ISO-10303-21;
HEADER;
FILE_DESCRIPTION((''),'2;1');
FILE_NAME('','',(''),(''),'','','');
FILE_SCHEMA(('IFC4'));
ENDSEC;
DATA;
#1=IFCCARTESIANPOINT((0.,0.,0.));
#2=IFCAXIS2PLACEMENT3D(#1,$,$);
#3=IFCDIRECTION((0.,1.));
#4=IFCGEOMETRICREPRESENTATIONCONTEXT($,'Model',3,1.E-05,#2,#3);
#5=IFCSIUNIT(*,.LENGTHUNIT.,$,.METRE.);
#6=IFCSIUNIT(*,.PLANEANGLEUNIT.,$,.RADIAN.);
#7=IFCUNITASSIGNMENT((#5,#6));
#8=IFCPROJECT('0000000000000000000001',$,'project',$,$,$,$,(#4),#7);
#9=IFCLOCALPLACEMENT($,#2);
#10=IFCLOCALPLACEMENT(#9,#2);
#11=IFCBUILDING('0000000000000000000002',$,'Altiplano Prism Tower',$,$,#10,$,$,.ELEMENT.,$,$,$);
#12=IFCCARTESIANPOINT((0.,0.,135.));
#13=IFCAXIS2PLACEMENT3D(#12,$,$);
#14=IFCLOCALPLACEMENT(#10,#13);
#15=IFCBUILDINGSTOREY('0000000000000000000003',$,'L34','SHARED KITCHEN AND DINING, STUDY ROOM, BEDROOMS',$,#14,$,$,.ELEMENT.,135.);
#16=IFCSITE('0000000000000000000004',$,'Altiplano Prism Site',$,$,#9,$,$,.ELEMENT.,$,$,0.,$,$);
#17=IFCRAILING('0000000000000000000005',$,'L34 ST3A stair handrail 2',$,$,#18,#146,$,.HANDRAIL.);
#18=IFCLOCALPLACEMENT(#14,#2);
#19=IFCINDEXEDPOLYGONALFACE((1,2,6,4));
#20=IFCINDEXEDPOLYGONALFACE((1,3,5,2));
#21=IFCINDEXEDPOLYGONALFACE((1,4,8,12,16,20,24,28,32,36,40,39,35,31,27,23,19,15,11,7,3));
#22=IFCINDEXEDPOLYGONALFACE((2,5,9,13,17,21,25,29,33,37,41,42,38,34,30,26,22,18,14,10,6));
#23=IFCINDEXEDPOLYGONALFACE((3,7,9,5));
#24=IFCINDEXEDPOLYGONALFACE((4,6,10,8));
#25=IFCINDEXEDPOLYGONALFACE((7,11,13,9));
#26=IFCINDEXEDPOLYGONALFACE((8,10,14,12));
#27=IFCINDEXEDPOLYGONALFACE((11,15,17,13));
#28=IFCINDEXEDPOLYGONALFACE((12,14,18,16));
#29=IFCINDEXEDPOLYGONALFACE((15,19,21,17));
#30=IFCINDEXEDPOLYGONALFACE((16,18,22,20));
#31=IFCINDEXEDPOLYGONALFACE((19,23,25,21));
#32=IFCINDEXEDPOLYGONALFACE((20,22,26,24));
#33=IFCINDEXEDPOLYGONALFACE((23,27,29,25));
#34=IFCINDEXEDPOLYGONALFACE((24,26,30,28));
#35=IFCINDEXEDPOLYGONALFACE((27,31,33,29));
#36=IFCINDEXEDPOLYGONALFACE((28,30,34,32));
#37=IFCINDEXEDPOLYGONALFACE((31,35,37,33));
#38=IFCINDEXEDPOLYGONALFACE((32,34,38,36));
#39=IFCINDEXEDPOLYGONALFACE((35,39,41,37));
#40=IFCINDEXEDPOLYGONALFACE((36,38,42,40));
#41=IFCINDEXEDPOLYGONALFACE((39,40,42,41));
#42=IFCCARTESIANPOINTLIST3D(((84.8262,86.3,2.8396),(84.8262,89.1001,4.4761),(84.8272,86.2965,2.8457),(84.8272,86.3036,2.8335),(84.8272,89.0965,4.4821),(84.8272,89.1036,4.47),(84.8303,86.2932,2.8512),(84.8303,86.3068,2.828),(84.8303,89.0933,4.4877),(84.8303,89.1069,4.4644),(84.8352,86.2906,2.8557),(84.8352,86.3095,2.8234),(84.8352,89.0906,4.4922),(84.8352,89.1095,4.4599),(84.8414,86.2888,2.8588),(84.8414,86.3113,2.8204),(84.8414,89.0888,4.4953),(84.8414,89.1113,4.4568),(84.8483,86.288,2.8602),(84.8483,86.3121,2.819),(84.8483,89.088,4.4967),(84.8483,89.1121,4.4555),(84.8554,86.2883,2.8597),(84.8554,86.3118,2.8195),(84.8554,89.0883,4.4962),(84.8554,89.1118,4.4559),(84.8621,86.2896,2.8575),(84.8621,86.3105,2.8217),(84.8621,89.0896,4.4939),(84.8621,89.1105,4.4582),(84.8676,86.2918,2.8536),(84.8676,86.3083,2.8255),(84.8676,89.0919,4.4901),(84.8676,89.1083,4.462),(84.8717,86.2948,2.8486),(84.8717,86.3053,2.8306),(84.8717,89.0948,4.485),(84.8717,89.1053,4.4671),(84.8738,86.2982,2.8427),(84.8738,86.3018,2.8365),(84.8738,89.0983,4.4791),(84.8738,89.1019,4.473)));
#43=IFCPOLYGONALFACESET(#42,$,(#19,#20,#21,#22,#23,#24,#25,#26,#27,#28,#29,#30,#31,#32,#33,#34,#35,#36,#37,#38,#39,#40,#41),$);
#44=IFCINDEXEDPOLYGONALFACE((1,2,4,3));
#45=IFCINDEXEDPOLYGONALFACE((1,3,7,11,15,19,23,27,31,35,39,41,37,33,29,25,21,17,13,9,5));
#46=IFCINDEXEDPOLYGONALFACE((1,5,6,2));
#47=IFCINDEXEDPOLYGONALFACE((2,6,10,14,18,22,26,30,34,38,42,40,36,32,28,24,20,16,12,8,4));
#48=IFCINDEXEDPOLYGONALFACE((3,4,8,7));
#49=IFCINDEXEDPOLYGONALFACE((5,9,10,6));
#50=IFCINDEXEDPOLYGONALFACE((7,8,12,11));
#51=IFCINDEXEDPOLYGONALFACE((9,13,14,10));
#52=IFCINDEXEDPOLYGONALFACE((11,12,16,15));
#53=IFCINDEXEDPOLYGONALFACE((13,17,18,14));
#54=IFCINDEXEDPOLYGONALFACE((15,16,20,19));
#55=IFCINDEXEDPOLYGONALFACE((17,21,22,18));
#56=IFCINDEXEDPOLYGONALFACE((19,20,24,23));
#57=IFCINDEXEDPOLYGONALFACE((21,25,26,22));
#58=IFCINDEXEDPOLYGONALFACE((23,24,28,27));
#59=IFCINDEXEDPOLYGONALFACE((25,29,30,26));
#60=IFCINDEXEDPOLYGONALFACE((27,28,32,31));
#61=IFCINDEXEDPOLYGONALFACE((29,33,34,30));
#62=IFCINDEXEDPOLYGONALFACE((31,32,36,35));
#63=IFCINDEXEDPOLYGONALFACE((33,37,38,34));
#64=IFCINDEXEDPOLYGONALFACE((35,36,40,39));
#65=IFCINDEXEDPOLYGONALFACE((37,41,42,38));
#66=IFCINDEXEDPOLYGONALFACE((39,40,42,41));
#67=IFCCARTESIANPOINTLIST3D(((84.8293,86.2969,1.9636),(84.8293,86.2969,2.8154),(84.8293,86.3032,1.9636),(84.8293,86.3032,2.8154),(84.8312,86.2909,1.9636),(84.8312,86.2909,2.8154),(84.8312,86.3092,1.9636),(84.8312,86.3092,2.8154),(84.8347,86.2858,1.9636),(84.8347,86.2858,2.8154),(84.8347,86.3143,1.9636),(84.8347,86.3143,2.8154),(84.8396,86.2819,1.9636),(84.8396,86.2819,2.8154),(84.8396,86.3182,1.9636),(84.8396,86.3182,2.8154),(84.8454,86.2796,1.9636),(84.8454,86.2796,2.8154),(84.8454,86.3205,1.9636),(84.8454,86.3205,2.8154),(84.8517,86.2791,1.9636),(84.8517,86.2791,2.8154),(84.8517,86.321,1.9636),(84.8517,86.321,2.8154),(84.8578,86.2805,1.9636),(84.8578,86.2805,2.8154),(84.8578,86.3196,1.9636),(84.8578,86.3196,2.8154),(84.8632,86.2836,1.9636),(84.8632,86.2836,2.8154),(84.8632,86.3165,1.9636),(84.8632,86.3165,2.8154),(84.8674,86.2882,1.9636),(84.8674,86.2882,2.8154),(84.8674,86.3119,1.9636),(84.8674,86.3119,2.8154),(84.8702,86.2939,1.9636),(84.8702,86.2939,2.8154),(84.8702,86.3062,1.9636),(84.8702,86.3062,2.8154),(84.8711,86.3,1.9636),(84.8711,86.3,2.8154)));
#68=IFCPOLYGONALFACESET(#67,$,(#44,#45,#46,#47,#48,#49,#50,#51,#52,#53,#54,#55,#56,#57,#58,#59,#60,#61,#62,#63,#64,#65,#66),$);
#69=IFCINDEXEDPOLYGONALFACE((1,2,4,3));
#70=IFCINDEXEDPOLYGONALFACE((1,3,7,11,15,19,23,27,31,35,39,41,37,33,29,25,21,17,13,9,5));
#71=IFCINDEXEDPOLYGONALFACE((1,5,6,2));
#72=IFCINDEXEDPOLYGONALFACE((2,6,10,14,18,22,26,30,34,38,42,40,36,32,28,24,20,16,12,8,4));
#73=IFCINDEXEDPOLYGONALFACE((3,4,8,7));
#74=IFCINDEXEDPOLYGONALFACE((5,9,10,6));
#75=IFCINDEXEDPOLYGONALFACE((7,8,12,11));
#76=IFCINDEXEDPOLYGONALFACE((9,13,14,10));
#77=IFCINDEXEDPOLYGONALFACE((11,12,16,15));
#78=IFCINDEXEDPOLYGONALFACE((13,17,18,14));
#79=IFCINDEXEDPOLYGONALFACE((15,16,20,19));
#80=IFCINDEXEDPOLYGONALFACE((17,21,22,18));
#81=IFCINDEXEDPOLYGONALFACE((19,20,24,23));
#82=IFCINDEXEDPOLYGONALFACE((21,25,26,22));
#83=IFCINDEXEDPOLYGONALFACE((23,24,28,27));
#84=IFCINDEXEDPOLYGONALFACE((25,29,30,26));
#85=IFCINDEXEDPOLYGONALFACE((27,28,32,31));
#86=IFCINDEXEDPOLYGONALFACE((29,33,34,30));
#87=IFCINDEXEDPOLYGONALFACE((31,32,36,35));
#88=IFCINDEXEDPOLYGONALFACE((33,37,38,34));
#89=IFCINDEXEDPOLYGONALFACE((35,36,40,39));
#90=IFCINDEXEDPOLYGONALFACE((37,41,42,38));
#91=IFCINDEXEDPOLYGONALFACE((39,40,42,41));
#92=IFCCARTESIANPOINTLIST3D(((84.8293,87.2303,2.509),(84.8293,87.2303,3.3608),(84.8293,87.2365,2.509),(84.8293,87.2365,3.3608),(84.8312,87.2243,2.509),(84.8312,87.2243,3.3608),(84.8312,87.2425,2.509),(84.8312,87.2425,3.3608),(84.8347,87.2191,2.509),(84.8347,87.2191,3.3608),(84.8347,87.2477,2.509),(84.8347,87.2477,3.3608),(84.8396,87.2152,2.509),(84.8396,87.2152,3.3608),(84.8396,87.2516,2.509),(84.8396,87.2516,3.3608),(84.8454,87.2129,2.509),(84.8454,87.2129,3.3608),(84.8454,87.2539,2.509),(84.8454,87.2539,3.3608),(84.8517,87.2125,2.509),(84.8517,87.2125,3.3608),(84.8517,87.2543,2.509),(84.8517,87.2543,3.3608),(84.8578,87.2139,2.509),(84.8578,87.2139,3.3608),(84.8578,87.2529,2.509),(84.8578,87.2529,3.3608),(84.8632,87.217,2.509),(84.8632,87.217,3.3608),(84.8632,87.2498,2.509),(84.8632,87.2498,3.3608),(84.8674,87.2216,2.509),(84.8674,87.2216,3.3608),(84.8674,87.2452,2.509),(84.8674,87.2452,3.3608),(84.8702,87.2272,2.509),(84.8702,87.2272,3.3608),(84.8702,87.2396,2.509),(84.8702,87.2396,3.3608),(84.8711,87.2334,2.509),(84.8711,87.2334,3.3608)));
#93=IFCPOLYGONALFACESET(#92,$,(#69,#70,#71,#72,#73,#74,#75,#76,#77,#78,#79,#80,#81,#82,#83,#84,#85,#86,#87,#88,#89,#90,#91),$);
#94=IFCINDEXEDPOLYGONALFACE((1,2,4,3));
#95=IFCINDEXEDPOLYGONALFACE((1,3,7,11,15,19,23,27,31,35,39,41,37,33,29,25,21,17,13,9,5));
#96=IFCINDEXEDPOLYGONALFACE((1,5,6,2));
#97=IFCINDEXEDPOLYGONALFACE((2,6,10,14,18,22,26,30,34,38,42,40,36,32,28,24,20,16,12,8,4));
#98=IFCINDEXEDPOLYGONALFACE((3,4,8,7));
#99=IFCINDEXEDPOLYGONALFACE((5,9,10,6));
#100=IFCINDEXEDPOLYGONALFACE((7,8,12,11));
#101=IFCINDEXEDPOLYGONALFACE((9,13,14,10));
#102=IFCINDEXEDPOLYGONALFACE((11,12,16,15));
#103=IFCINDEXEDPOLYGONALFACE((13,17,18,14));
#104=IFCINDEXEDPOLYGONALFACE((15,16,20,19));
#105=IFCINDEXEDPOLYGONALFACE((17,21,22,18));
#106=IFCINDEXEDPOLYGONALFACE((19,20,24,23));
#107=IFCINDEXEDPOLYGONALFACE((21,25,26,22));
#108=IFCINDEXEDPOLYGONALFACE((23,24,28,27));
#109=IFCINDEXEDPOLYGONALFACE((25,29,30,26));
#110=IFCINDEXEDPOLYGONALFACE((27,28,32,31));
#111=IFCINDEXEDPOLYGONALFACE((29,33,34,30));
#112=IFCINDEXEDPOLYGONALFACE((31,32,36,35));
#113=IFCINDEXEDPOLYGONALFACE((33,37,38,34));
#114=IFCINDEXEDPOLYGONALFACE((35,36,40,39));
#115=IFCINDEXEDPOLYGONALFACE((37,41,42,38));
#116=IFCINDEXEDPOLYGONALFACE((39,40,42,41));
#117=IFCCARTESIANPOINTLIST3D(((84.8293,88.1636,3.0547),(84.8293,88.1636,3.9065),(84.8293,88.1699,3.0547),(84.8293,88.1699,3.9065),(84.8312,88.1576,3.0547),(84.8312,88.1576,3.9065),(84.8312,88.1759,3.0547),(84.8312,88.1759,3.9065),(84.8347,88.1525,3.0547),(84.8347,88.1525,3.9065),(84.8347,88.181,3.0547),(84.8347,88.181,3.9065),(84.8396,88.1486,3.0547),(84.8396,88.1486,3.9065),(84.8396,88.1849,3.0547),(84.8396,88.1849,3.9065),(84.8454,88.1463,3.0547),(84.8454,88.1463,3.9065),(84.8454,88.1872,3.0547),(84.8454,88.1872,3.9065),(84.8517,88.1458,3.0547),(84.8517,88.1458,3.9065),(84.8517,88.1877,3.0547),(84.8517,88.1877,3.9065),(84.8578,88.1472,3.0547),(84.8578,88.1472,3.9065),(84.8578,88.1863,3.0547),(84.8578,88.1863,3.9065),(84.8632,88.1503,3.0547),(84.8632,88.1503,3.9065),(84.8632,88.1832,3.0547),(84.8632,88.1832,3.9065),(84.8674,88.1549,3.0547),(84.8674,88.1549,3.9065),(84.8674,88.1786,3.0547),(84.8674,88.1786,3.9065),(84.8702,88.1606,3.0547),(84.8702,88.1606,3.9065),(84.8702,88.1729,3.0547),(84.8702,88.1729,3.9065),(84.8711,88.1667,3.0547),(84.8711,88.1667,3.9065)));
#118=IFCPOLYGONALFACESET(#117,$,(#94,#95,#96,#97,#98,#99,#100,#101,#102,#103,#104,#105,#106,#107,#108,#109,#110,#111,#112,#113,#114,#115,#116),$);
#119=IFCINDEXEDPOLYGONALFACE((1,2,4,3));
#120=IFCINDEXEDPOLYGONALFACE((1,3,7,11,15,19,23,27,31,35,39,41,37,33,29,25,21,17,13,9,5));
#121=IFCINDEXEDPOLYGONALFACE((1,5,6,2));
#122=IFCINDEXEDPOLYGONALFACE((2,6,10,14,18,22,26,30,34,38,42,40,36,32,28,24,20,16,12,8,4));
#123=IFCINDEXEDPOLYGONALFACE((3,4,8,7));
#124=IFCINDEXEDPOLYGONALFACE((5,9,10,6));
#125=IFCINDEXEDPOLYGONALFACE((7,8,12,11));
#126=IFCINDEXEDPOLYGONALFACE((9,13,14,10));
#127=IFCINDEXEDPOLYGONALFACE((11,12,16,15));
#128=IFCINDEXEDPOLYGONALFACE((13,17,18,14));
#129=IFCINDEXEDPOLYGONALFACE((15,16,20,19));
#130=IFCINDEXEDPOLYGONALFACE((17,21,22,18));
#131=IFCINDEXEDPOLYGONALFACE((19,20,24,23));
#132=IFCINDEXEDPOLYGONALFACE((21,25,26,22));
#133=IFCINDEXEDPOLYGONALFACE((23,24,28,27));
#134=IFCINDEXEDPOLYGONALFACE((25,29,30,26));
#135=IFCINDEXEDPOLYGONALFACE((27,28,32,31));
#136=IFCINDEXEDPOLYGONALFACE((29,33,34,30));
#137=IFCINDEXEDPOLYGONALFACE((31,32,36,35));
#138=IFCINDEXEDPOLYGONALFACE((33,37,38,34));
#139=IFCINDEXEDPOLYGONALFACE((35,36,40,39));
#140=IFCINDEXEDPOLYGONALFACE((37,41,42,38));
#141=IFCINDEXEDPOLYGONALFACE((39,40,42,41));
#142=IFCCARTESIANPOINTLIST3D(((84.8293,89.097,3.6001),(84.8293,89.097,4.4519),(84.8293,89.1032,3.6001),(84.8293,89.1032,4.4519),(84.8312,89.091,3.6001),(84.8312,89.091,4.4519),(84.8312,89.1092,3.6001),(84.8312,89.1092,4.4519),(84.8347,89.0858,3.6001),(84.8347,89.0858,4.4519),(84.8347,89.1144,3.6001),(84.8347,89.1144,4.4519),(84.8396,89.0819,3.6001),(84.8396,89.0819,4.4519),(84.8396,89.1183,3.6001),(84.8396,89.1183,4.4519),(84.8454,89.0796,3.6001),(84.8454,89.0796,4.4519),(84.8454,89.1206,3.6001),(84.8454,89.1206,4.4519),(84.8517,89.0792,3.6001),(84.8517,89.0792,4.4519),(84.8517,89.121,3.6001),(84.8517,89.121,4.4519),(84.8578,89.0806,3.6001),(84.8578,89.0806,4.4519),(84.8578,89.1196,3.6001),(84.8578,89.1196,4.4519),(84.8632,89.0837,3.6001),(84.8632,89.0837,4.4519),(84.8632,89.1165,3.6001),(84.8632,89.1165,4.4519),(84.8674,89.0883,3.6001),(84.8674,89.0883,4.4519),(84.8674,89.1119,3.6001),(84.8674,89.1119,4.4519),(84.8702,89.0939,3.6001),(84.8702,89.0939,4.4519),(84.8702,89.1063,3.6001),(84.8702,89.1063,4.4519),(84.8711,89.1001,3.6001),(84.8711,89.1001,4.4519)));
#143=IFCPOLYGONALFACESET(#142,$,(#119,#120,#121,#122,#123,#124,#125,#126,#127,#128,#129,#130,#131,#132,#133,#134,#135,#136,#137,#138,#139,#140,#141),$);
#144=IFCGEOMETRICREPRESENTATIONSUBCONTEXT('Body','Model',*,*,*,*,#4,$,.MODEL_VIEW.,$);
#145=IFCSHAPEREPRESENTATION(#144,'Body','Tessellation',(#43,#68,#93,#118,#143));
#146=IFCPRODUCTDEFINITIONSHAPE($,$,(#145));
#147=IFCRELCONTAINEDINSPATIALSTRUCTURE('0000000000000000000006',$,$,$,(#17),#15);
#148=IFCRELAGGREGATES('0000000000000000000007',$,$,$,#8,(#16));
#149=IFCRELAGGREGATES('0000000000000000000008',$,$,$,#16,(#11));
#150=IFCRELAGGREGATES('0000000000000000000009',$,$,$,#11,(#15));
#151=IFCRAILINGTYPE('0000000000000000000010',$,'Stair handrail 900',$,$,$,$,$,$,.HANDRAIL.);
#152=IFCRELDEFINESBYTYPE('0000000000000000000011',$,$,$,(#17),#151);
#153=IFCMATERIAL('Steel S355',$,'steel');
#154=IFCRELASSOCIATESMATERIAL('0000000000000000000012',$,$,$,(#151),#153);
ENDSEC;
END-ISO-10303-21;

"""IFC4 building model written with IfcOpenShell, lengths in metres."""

from ifc_helpers import new_model, si_unit, direction, frame, origin, origin_2d, place, context, subcontext, project, spatial, circle, extrude, material, type_object, element, save


model = new_model("IFC4")

# Units and contexts
model_context = context("Model", 3, precision=1e-05, world=origin(), true_north=direction((0.0, 1.0)))
body_context = subcontext(model_context, "Body", "Model", "MODEL_VIEW")
ifc_project = project(units=[si_unit("LENGTHUNIT", "METRE"), si_unit("PLANEANGLEUNIT", "RADIAN")], contexts=[model_context])

# Site, building, storey
site_placement = place(None, origin())
site = spatial("IfcSite", under=ifc_project, at=site_placement, Name="Altiplano Prism Site", CompositionType="ELEMENT", RefElevation=0.0)
building_placement = place(site_placement, origin())
building = spatial("IfcBuilding", under=site, at=building_placement, Name="Altiplano Prism Tower", CompositionType="ELEMENT")
storey_placement = place(building_placement, frame((0.0, 0.0, 135.0)))
storey = spatial("IfcBuildingStorey", under=building, at=storey_placement, Name="L34", Description="SHARED KITCHEN AND DINING, STUDY ROOM, BEDROOMS", CompositionType="ELEMENT", Elevation=135.0)

# Railing
ifc_material_1 = material(Name="Steel S355", Category="steel")
railing_type_1 = type_object("IfcRailingType", Name="Stair handrail 900", PredefinedType="HANDRAIL", material=ifc_material_1)
railing_1_placement = place(storey_placement, frame((84.8501, 86.3, 1.9636)))
element("IfcRailing", 1, at=railing_1_placement, inside=storey, type_object=railing_type_1, Name="L34 ST3A stair handrail 2", PredefinedType="HANDRAIL", context=body_context, shape_type="SweptSolid", body=[
    extrude(circle(Radius=0.0239, at=origin_2d()), frame((0.0, 0.0, 0.876), z_axis=(0.0, 0.863361, 0.504587), x_axis=(-1.0, 0.0, 0.0)), (0.0, 0.0, 1.0), 3.2432),
    extrude(circle(Radius=0.021, at=origin_2d()), origin(), (0.0, 0.0, 1.0), 0.8518),
    extrude(circle(Radius=0.021, at=origin_2d()), frame((0.0, 0.9333, 0.5454)), (0.0, 0.0, 1.0), 0.8518),
    extrude(circle(Radius=0.021, at=origin_2d()), frame((0.0, 1.8667, 1.0911)), (0.0, 0.0, 1.0), 0.8518),
    extrude(circle(Radius=0.021, at=origin_2d()), frame((0.0, 2.8, 1.6365)), (0.0, 0.0, 1.0), 0.8518),
])

save(model, "model.ifc")
